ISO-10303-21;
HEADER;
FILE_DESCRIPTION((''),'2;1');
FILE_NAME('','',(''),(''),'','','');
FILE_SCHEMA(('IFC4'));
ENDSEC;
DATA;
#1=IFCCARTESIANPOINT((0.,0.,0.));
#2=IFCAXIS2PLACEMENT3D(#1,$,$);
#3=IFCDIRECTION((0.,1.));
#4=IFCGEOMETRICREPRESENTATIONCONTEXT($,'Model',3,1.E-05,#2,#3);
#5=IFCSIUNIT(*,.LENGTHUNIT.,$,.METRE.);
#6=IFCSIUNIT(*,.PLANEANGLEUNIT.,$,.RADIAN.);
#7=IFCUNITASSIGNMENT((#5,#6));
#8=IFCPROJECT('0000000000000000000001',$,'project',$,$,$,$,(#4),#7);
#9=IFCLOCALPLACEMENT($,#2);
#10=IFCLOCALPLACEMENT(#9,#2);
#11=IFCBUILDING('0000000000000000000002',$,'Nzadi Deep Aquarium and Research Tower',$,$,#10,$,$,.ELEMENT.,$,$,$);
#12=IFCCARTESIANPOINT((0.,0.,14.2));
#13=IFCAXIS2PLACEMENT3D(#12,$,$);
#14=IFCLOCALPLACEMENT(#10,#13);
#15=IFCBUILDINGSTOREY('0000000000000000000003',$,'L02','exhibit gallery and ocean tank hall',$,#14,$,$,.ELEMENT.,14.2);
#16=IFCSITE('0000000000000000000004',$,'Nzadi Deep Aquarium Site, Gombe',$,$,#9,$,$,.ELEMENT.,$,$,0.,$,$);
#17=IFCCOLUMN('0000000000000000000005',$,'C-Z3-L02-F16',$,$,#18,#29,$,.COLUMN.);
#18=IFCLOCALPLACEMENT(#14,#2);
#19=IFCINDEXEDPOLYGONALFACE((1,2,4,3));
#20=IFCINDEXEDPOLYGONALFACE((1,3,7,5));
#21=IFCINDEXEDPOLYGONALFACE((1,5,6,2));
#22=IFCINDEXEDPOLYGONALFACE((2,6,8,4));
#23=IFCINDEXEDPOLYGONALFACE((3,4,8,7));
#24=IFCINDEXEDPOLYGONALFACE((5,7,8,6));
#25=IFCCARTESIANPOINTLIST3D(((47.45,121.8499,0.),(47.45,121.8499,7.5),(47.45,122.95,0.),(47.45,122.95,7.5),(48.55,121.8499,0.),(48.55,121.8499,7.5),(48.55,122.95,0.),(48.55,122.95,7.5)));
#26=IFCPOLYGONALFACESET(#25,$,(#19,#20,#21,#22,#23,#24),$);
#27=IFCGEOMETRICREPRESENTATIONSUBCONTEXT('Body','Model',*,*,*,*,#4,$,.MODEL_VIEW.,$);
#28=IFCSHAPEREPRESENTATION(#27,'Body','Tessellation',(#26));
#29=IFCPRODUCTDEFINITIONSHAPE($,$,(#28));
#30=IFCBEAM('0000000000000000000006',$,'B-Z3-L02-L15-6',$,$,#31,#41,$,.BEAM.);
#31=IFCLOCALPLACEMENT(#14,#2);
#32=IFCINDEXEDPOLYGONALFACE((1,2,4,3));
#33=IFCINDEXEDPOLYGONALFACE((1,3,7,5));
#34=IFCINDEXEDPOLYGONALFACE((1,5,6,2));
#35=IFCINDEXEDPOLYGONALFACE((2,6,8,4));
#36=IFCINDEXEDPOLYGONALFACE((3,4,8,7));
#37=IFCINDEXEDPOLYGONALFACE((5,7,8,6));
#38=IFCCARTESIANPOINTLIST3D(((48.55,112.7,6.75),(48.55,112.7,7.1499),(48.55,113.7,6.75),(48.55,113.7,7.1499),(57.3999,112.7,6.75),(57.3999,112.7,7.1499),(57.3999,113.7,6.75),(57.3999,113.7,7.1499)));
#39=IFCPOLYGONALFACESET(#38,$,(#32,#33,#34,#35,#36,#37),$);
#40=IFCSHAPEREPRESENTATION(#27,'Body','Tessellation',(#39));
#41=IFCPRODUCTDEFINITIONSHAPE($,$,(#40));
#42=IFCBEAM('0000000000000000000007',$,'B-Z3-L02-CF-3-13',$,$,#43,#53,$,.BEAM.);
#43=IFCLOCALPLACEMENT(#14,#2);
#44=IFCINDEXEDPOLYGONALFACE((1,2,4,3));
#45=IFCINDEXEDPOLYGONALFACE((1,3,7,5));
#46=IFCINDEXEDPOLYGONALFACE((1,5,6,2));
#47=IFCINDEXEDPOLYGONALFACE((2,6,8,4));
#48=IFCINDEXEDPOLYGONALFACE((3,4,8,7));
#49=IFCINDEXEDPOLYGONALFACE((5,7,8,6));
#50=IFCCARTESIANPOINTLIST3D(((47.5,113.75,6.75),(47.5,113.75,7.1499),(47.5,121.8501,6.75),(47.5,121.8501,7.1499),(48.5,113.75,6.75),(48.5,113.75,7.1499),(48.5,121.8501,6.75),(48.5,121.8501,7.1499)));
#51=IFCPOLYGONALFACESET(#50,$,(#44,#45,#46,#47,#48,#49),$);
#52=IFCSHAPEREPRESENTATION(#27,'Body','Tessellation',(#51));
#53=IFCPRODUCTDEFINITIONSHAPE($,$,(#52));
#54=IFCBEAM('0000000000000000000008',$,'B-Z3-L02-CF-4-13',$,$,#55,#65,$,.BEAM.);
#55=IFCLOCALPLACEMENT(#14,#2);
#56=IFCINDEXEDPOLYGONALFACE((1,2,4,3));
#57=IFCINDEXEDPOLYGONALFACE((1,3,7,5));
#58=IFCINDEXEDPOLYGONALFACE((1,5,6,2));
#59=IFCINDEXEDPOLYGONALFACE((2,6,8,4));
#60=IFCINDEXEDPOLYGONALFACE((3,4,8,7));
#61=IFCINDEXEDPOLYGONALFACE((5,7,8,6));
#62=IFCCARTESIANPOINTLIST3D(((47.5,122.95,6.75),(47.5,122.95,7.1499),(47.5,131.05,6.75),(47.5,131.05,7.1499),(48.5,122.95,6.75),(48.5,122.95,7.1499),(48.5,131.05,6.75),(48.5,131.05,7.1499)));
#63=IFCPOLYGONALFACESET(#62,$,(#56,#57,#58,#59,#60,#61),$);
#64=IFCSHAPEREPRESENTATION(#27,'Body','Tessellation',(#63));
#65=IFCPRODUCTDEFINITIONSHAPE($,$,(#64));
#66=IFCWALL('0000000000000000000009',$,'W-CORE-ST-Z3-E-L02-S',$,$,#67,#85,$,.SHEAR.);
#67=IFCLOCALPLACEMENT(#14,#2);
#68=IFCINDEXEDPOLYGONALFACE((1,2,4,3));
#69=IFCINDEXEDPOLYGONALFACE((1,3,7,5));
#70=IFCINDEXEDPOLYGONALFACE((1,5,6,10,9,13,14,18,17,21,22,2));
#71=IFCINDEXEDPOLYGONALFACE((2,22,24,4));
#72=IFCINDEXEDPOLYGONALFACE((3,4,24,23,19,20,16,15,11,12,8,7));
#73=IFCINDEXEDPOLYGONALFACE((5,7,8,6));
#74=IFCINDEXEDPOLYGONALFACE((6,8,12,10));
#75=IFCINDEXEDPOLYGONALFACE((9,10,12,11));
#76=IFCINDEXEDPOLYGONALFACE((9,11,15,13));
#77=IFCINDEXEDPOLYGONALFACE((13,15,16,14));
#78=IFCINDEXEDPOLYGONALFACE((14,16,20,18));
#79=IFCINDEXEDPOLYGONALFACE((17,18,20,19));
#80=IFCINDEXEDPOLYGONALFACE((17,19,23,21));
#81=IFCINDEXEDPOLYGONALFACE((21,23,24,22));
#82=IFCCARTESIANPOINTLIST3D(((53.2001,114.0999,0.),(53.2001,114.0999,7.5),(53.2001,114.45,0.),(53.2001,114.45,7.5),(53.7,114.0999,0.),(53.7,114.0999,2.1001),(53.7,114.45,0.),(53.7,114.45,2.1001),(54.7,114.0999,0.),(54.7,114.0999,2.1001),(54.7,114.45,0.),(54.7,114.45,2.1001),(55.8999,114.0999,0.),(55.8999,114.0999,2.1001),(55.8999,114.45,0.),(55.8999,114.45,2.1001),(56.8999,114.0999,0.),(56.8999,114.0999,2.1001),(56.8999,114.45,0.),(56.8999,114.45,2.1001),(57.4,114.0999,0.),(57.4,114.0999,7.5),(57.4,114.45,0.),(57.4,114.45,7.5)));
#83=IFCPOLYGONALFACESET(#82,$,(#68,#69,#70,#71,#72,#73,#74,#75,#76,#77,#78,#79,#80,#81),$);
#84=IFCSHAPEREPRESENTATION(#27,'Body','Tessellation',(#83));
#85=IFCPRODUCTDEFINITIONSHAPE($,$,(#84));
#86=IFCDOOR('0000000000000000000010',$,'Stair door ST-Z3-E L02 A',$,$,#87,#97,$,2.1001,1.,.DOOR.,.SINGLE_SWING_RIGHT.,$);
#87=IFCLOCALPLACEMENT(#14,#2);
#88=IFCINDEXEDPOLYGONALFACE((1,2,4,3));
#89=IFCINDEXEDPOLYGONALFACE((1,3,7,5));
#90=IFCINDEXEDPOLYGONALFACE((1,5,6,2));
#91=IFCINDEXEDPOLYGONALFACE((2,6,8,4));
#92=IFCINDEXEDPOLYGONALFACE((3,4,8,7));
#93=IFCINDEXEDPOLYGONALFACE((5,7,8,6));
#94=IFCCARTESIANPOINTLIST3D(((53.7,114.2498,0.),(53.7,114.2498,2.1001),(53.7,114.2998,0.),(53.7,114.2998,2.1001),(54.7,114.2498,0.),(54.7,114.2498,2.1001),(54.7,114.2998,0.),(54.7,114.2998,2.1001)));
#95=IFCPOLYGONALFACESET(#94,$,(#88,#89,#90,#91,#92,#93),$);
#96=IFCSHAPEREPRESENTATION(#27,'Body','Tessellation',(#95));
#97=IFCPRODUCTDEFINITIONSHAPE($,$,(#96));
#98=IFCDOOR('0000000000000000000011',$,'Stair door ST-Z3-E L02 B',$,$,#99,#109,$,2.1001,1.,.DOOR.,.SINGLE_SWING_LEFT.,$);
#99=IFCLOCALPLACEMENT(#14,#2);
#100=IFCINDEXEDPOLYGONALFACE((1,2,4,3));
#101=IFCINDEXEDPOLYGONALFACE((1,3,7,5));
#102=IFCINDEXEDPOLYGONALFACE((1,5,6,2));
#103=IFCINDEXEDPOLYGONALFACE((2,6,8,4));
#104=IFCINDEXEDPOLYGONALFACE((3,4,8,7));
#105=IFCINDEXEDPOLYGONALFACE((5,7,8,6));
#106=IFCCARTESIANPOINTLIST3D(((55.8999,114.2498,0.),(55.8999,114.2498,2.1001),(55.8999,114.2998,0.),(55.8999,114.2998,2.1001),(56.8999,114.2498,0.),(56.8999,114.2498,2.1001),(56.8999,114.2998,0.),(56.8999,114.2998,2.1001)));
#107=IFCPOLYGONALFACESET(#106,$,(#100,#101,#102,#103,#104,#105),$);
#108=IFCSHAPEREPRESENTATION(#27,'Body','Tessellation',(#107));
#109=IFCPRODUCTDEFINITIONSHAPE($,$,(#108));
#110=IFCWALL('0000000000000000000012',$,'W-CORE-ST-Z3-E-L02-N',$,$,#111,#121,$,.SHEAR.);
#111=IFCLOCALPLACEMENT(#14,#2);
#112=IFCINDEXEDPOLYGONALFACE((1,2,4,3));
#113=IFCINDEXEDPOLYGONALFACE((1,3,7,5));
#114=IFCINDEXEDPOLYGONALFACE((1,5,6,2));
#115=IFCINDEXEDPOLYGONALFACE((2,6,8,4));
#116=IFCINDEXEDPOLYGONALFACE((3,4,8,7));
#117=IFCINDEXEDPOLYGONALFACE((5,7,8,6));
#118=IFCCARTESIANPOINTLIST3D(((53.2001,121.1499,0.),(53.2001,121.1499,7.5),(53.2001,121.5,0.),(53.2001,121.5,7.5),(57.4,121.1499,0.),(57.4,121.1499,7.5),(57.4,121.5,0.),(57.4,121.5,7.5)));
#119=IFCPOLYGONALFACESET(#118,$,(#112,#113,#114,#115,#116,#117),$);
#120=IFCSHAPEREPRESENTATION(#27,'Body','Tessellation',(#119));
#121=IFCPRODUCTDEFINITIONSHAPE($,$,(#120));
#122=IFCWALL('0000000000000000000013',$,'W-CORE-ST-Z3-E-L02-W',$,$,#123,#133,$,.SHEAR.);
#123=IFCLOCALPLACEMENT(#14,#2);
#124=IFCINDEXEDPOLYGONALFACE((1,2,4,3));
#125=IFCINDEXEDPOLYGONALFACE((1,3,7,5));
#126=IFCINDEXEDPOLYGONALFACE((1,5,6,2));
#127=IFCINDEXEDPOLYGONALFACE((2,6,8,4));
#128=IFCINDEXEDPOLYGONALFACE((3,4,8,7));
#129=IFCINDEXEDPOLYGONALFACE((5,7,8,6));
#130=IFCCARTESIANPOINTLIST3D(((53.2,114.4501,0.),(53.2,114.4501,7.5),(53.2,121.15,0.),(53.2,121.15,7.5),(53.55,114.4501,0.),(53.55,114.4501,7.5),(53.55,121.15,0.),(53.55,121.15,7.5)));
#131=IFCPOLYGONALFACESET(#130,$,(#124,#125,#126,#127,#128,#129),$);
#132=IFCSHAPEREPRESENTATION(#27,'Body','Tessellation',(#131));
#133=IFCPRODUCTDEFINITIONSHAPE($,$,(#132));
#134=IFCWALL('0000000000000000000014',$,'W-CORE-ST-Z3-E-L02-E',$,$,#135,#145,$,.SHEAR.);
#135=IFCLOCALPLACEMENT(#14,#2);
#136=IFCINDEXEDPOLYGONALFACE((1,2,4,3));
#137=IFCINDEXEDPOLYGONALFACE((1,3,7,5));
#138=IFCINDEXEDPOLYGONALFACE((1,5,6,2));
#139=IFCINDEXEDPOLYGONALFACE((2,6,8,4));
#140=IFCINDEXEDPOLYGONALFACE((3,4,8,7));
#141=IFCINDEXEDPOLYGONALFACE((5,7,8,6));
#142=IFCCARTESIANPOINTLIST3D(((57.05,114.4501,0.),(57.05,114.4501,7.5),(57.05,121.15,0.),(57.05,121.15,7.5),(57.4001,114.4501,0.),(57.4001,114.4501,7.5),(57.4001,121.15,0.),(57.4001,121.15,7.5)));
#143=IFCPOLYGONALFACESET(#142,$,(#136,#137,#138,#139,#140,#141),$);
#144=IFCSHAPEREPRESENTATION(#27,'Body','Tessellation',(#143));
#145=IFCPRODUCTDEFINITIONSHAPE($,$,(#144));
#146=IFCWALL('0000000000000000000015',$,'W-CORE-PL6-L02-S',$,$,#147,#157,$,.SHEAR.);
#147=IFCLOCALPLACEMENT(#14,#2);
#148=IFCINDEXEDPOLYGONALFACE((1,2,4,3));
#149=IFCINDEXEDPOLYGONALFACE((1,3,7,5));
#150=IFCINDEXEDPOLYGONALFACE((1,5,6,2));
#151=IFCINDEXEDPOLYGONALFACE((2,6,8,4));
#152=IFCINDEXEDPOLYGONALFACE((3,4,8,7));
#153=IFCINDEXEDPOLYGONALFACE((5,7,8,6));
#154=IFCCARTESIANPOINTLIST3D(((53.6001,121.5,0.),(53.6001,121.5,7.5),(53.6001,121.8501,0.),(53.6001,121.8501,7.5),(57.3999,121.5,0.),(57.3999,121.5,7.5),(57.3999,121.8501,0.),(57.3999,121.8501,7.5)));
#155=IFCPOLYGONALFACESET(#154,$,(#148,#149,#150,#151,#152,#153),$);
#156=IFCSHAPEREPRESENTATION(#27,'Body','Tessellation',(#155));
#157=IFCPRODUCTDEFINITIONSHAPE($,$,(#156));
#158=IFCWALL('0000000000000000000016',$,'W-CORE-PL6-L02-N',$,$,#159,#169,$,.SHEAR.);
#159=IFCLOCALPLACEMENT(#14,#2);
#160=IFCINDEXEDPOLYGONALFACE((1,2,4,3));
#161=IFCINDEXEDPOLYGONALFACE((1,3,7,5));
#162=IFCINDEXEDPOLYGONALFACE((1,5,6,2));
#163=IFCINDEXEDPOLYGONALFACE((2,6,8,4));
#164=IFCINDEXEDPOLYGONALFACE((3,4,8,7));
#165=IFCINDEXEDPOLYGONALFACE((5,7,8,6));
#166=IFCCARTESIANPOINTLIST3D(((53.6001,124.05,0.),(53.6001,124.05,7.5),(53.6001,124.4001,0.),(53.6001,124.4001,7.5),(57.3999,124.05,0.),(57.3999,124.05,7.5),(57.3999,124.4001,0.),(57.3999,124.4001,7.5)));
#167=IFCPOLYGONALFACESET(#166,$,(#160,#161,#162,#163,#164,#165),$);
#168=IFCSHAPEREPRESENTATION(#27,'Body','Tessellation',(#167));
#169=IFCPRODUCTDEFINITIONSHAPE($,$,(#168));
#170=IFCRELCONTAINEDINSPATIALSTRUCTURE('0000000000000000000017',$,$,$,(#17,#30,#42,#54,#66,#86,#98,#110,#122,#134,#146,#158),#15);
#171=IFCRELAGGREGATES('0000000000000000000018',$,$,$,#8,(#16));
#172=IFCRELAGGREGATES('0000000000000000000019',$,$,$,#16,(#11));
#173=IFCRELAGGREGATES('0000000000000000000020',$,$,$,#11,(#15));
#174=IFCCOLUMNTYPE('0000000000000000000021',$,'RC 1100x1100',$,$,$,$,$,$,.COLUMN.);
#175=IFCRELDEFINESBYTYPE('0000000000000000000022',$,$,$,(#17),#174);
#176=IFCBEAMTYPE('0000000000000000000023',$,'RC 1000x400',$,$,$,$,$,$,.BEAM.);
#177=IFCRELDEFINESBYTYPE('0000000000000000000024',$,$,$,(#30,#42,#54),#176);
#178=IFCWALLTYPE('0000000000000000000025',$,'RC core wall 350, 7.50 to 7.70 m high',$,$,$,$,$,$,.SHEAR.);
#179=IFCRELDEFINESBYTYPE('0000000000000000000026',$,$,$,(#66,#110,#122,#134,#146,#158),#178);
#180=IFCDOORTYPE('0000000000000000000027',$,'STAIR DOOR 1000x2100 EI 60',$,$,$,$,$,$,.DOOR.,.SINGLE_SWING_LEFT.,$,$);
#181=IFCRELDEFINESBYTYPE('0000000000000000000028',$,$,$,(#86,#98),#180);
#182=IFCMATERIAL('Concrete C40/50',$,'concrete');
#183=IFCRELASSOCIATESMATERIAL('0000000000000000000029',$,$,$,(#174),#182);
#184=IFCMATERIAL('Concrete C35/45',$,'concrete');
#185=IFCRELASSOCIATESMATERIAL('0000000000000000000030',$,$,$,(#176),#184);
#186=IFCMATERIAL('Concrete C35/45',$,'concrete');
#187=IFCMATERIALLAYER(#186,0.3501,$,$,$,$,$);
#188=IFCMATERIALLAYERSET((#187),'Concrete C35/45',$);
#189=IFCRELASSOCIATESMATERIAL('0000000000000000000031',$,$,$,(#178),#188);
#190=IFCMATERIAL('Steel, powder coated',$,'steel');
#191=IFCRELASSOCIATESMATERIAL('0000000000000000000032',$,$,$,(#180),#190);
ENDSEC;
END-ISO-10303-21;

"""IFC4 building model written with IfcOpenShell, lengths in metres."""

from ifc_helpers import new_model, si_unit, direction, frame, frame_2d, origin, origin_2d, place, context, subcontext, project, spatial, rectangle, extrude, material, layer, layer_set, material_profile, profile_set, type_object, element, fill, save


model = new_model("IFC4")

# Units and contexts
model_context = context("Model", 3, precision=1e-05, world=origin(), true_north=direction((0.0, 1.0)))
body_context = subcontext(model_context, "Body", "Model", "MODEL_VIEW")
ifc_project = project(units=[si_unit("LENGTHUNIT", "METRE"), si_unit("PLANEANGLEUNIT", "RADIAN")], contexts=[model_context])

# Site, building, storey
site_placement = place(None, origin())
site = spatial("IfcSite", under=ifc_project, at=site_placement, Name="Nzadi Deep Aquarium Site, Gombe", CompositionType="ELEMENT", RefElevation=0.0)
building_placement = place(site_placement, origin())
building = spatial("IfcBuilding", under=site, at=building_placement, Name="Nzadi Deep Aquarium and Research Tower", CompositionType="ELEMENT")
storey_placement = place(building_placement, frame((0.0, 0.0, 14.2)))
storey = spatial("IfcBuildingStorey", under=building, at=storey_placement, Name="L02", Description="exhibit gallery and ocean tank hall", CompositionType="ELEMENT", Elevation=14.2)

# Column
ifc_material_1 = material(Name="Concrete C40/50", Category="concrete")
ifc_material_profile_1 = material_profile(ifc_material_1, rectangle(XDim=1.1001, YDim=1.1001, at=origin_2d()))
ifc_profile_set_1 = profile_set([ifc_material_profile_1], Name="Concrete C40/50")
column_type = type_object("IfcColumnType", Name="RC 1100x1100", PredefinedType="COLUMN", material=ifc_profile_set_1)
column_placement = place(storey_placement, frame((48.0, 122.3999, 0.0), z_axis=(0.0, 0.0, 1.0), x_axis=(1.0, 0.0, 0.0)))
element("IfcColumn", 1, at=column_placement, inside=storey, type_object=column_type, Name="C-Z3-L02-F16", PredefinedType="COLUMN", context=body_context, shape_type="SweptSolid", body=[
    extrude(rectangle(XDim=1.1001, YDim=1.1001, at=origin_2d()), origin(), (0.0, 0.0, 1.0), 7.5),
])

# Beams
ifc_material_2 = material(Name="Concrete C35/45", Category="concrete")
ifc_material_profile_2 = material_profile(ifc_material_2, rectangle(XDim=1.0, YDim=0.3999, at=origin_2d()))
ifc_profile_set_2 = profile_set([ifc_material_profile_2], Name="Concrete C35/45")
beam_type = type_object("IfcBeamType", Name="RC 1000x400", PredefinedType="BEAM", material=ifc_profile_set_2)
beam_placement = place(storey_placement, frame((48.55, 113.2, 6.95), z_axis=(1.0, 0.0, 0.0), x_axis=(0.0, 1.0, 0.0)))
element("IfcBeam", 2, at=beam_placement, inside=storey, type_object=beam_type, Name="B-Z3-L02-L15-6", PredefinedType="BEAM", context=body_context, shape_type="SweptSolid", body=[
    extrude(rectangle(XDim=1.0, YDim=0.3999, at=origin_2d()), origin(), (0.0, 0.0, 1.0), 8.8499),
])
for number, where, z_axis, x_axis, name in (
    (3, (48.0, 113.75, 6.95), (0.0, 1.0, 0.0), (-1.0, 0.0, 0.0), "B-Z3-L02-CF-3-13"),
    (4, (48.0, 122.95, 6.95), (0.0, 1.0, 0.0), (-1.0, 0.0, 0.0), "B-Z3-L02-CF-4-13"),
):
    element("IfcBeam", number, at=place(storey_placement, frame(where, z_axis=z_axis, x_axis=x_axis)), inside=storey, type_object=beam_type, Name=name, PredefinedType="BEAM", context=body_context, shape_type="SweptSolid", body=[
        extrude(rectangle(XDim=1.0, YDim=0.3999, at=origin_2d()), origin(), (0.0, 0.0, 1.0), 8.1001),
    ])

# Wall, openings, doors
ifc_material_3 = material(Name="Concrete C35/45", Category="concrete")
ifc_layer = layer(ifc_material_3, 0.3501)
ifc_layer_set = layer_set([ifc_layer], Name="Concrete C35/45")
wall_type = type_object("IfcWallType", Name="RC core wall 350, 7.50 to 7.70 m high", PredefinedType="SHEAR", material=ifc_layer_set)
wall_1_placement = place(storey_placement, frame((53.2, 114.2749, 0.0), z_axis=(0.0, 0.0, 1.0), x_axis=(1.0, 0.0, 0.0)))
wall_1 = element("IfcWall", 5, at=wall_1_placement, inside=storey, type_object=wall_type, Name="W-CORE-ST-Z3-E-L02-S", PredefinedType="SHEAR", context=body_context, shape_type="SweptSolid", body=[
    extrude(rectangle(XDim=4.2, YDim=0.3501, at=frame_2d((2.1001, 0.0))), origin(), (0.0, 0.0, 1.0), 7.5),
])
opening_1_placement = place(wall_1_placement, frame((0.5, 0.0, 0.0)))
opening_1 = element("IfcOpeningElement", 6, at=opening_1_placement, cuts=wall_1, PredefinedType="OPENING", context=body_context, shape_type="SweptSolid", body=[
    extrude(rectangle(XDim=1.0, YDim=2.1001, at=frame_2d((0.5, 1.05))), frame((0.0, 0.1851, 0.0), z_axis=(0.0, -1.0, 0.0), x_axis=(1.0, 0.0, 0.0)), (0.0, 0.0, 1.0), 0.3701),
])
opening_2_placement = place(wall_1_placement, frame((2.7, 0.0, 0.0)))
opening_2 = element("IfcOpeningElement", 7, at=opening_2_placement, cuts=wall_1, PredefinedType="OPENING", context=body_context, shape_type="SweptSolid", body=[
    extrude(rectangle(XDim=1.0, YDim=2.1001, at=frame_2d((0.5, 1.05))), frame((0.0, 0.1851, 0.0), z_axis=(0.0, -1.0, 0.0), x_axis=(1.0, 0.0, 0.0)), (0.0, 0.0, 1.0), 0.3701),
])
ifc_material_4 = material(Name="Steel, powder coated", Category="steel")
door_type_1 = type_object("IfcDoorType", Name="STAIR DOOR 1000x2100 EI 60", OperationType="SINGLE_SWING_LEFT", PredefinedType="DOOR", material=ifc_material_4)
door_1_placement = place(opening_1_placement, origin())
door_1 = element("IfcDoor", 8, at=door_1_placement, inside=storey, type_object=door_type_1, Name="Stair door ST-Z3-E L02 A", OperationType="SINGLE_SWING_RIGHT", OverallHeight=2.1001, OverallWidth=1.0, PredefinedType="DOOR", context=body_context, shape_type="SweptSolid", body=[
    extrude(rectangle(XDim=1.0, YDim=2.1001, at=frame_2d((0.5, 1.05))), frame((0.0, 0.0249, 0.0), z_axis=(0.0, -1.0, 0.0), x_axis=(1.0, 0.0, 0.0)), (0.0, 0.0, 1.0), 0.05),
])
fill(opening_1, door_1)
door_2_placement = place(opening_2_placement, origin())
door_2 = element("IfcDoor", 9, at=door_2_placement, inside=storey, type_object=door_type_1, Name="Stair door ST-Z3-E L02 B", OperationType="SINGLE_SWING_LEFT", OverallHeight=2.1001, OverallWidth=1.0, PredefinedType="DOOR", context=body_context, shape_type="SweptSolid", body=[
    extrude(rectangle(XDim=1.0, YDim=2.1001, at=frame_2d((0.5, 1.05))), frame((0.0, 0.0249, 0.0), z_axis=(0.0, -1.0, 0.0), x_axis=(1.0, 0.0, 0.0)), (0.0, 0.0, 1.0), 0.05),
])
fill(opening_2, door_2)

# Walls
wall_2_placement = place(storey_placement, frame((53.2, 121.325, 0.0), z_axis=(0.0, 0.0, 1.0), x_axis=(1.0, 0.0, 0.0)))
element("IfcWall", 10, at=wall_2_placement, inside=storey, type_object=wall_type, Name="W-CORE-ST-Z3-E-L02-N", PredefinedType="SHEAR", context=body_context, shape_type="SweptSolid", body=[
    extrude(rectangle(XDim=4.2, YDim=0.3501, at=frame_2d((2.1001, 0.0))), origin(), (0.0, 0.0, 1.0), 7.5),
])
for number, where, z_axis, x_axis, name in (
    (11, (53.375, 114.45, 0.0), (0.0, 0.0, 1.0), (0.0, 1.0, 0.0), "W-CORE-ST-Z3-E-L02-W"),
    (12, (57.2251, 114.45, 0.0), (0.0, 0.0, 1.0), (0.0, 1.0, 0.0), "W-CORE-ST-Z3-E-L02-E"),
):
    element("IfcWall", number, at=place(storey_placement, frame(where, z_axis=z_axis, x_axis=x_axis)), inside=storey, type_object=wall_type, Name=name, PredefinedType="SHEAR", context=body_context, shape_type="SweptSolid", body=[
        extrude(rectangle(XDim=6.7, YDim=0.3501, at=frame_2d((3.3501, 0.0))), origin(), (0.0, 0.0, 1.0), 7.5),
    ])
for number, where, z_axis, x_axis, name in (
    (13, (53.6001, 121.675, 0.0), (0.0, 0.0, 1.0), (1.0, 0.0, 0.0), "W-CORE-PL6-L02-S"),
    (14, (53.6001, 124.2251, 0.0), (0.0, 0.0, 1.0), (1.0, 0.0, 0.0), "W-CORE-PL6-L02-N"),
):
    element("IfcWall", number, at=place(storey_placement, frame(where, z_axis=z_axis, x_axis=x_axis)), inside=storey, type_object=wall_type, Name=name, PredefinedType="SHEAR", context=body_context, shape_type="SweptSolid", body=[
        extrude(rectangle(XDim=3.7998, YDim=0.3501, at=frame_2d((1.8999, 0.0))), origin(), (0.0, 0.0, 1.0), 7.5),
    ])

save(model, "model.ifc")
